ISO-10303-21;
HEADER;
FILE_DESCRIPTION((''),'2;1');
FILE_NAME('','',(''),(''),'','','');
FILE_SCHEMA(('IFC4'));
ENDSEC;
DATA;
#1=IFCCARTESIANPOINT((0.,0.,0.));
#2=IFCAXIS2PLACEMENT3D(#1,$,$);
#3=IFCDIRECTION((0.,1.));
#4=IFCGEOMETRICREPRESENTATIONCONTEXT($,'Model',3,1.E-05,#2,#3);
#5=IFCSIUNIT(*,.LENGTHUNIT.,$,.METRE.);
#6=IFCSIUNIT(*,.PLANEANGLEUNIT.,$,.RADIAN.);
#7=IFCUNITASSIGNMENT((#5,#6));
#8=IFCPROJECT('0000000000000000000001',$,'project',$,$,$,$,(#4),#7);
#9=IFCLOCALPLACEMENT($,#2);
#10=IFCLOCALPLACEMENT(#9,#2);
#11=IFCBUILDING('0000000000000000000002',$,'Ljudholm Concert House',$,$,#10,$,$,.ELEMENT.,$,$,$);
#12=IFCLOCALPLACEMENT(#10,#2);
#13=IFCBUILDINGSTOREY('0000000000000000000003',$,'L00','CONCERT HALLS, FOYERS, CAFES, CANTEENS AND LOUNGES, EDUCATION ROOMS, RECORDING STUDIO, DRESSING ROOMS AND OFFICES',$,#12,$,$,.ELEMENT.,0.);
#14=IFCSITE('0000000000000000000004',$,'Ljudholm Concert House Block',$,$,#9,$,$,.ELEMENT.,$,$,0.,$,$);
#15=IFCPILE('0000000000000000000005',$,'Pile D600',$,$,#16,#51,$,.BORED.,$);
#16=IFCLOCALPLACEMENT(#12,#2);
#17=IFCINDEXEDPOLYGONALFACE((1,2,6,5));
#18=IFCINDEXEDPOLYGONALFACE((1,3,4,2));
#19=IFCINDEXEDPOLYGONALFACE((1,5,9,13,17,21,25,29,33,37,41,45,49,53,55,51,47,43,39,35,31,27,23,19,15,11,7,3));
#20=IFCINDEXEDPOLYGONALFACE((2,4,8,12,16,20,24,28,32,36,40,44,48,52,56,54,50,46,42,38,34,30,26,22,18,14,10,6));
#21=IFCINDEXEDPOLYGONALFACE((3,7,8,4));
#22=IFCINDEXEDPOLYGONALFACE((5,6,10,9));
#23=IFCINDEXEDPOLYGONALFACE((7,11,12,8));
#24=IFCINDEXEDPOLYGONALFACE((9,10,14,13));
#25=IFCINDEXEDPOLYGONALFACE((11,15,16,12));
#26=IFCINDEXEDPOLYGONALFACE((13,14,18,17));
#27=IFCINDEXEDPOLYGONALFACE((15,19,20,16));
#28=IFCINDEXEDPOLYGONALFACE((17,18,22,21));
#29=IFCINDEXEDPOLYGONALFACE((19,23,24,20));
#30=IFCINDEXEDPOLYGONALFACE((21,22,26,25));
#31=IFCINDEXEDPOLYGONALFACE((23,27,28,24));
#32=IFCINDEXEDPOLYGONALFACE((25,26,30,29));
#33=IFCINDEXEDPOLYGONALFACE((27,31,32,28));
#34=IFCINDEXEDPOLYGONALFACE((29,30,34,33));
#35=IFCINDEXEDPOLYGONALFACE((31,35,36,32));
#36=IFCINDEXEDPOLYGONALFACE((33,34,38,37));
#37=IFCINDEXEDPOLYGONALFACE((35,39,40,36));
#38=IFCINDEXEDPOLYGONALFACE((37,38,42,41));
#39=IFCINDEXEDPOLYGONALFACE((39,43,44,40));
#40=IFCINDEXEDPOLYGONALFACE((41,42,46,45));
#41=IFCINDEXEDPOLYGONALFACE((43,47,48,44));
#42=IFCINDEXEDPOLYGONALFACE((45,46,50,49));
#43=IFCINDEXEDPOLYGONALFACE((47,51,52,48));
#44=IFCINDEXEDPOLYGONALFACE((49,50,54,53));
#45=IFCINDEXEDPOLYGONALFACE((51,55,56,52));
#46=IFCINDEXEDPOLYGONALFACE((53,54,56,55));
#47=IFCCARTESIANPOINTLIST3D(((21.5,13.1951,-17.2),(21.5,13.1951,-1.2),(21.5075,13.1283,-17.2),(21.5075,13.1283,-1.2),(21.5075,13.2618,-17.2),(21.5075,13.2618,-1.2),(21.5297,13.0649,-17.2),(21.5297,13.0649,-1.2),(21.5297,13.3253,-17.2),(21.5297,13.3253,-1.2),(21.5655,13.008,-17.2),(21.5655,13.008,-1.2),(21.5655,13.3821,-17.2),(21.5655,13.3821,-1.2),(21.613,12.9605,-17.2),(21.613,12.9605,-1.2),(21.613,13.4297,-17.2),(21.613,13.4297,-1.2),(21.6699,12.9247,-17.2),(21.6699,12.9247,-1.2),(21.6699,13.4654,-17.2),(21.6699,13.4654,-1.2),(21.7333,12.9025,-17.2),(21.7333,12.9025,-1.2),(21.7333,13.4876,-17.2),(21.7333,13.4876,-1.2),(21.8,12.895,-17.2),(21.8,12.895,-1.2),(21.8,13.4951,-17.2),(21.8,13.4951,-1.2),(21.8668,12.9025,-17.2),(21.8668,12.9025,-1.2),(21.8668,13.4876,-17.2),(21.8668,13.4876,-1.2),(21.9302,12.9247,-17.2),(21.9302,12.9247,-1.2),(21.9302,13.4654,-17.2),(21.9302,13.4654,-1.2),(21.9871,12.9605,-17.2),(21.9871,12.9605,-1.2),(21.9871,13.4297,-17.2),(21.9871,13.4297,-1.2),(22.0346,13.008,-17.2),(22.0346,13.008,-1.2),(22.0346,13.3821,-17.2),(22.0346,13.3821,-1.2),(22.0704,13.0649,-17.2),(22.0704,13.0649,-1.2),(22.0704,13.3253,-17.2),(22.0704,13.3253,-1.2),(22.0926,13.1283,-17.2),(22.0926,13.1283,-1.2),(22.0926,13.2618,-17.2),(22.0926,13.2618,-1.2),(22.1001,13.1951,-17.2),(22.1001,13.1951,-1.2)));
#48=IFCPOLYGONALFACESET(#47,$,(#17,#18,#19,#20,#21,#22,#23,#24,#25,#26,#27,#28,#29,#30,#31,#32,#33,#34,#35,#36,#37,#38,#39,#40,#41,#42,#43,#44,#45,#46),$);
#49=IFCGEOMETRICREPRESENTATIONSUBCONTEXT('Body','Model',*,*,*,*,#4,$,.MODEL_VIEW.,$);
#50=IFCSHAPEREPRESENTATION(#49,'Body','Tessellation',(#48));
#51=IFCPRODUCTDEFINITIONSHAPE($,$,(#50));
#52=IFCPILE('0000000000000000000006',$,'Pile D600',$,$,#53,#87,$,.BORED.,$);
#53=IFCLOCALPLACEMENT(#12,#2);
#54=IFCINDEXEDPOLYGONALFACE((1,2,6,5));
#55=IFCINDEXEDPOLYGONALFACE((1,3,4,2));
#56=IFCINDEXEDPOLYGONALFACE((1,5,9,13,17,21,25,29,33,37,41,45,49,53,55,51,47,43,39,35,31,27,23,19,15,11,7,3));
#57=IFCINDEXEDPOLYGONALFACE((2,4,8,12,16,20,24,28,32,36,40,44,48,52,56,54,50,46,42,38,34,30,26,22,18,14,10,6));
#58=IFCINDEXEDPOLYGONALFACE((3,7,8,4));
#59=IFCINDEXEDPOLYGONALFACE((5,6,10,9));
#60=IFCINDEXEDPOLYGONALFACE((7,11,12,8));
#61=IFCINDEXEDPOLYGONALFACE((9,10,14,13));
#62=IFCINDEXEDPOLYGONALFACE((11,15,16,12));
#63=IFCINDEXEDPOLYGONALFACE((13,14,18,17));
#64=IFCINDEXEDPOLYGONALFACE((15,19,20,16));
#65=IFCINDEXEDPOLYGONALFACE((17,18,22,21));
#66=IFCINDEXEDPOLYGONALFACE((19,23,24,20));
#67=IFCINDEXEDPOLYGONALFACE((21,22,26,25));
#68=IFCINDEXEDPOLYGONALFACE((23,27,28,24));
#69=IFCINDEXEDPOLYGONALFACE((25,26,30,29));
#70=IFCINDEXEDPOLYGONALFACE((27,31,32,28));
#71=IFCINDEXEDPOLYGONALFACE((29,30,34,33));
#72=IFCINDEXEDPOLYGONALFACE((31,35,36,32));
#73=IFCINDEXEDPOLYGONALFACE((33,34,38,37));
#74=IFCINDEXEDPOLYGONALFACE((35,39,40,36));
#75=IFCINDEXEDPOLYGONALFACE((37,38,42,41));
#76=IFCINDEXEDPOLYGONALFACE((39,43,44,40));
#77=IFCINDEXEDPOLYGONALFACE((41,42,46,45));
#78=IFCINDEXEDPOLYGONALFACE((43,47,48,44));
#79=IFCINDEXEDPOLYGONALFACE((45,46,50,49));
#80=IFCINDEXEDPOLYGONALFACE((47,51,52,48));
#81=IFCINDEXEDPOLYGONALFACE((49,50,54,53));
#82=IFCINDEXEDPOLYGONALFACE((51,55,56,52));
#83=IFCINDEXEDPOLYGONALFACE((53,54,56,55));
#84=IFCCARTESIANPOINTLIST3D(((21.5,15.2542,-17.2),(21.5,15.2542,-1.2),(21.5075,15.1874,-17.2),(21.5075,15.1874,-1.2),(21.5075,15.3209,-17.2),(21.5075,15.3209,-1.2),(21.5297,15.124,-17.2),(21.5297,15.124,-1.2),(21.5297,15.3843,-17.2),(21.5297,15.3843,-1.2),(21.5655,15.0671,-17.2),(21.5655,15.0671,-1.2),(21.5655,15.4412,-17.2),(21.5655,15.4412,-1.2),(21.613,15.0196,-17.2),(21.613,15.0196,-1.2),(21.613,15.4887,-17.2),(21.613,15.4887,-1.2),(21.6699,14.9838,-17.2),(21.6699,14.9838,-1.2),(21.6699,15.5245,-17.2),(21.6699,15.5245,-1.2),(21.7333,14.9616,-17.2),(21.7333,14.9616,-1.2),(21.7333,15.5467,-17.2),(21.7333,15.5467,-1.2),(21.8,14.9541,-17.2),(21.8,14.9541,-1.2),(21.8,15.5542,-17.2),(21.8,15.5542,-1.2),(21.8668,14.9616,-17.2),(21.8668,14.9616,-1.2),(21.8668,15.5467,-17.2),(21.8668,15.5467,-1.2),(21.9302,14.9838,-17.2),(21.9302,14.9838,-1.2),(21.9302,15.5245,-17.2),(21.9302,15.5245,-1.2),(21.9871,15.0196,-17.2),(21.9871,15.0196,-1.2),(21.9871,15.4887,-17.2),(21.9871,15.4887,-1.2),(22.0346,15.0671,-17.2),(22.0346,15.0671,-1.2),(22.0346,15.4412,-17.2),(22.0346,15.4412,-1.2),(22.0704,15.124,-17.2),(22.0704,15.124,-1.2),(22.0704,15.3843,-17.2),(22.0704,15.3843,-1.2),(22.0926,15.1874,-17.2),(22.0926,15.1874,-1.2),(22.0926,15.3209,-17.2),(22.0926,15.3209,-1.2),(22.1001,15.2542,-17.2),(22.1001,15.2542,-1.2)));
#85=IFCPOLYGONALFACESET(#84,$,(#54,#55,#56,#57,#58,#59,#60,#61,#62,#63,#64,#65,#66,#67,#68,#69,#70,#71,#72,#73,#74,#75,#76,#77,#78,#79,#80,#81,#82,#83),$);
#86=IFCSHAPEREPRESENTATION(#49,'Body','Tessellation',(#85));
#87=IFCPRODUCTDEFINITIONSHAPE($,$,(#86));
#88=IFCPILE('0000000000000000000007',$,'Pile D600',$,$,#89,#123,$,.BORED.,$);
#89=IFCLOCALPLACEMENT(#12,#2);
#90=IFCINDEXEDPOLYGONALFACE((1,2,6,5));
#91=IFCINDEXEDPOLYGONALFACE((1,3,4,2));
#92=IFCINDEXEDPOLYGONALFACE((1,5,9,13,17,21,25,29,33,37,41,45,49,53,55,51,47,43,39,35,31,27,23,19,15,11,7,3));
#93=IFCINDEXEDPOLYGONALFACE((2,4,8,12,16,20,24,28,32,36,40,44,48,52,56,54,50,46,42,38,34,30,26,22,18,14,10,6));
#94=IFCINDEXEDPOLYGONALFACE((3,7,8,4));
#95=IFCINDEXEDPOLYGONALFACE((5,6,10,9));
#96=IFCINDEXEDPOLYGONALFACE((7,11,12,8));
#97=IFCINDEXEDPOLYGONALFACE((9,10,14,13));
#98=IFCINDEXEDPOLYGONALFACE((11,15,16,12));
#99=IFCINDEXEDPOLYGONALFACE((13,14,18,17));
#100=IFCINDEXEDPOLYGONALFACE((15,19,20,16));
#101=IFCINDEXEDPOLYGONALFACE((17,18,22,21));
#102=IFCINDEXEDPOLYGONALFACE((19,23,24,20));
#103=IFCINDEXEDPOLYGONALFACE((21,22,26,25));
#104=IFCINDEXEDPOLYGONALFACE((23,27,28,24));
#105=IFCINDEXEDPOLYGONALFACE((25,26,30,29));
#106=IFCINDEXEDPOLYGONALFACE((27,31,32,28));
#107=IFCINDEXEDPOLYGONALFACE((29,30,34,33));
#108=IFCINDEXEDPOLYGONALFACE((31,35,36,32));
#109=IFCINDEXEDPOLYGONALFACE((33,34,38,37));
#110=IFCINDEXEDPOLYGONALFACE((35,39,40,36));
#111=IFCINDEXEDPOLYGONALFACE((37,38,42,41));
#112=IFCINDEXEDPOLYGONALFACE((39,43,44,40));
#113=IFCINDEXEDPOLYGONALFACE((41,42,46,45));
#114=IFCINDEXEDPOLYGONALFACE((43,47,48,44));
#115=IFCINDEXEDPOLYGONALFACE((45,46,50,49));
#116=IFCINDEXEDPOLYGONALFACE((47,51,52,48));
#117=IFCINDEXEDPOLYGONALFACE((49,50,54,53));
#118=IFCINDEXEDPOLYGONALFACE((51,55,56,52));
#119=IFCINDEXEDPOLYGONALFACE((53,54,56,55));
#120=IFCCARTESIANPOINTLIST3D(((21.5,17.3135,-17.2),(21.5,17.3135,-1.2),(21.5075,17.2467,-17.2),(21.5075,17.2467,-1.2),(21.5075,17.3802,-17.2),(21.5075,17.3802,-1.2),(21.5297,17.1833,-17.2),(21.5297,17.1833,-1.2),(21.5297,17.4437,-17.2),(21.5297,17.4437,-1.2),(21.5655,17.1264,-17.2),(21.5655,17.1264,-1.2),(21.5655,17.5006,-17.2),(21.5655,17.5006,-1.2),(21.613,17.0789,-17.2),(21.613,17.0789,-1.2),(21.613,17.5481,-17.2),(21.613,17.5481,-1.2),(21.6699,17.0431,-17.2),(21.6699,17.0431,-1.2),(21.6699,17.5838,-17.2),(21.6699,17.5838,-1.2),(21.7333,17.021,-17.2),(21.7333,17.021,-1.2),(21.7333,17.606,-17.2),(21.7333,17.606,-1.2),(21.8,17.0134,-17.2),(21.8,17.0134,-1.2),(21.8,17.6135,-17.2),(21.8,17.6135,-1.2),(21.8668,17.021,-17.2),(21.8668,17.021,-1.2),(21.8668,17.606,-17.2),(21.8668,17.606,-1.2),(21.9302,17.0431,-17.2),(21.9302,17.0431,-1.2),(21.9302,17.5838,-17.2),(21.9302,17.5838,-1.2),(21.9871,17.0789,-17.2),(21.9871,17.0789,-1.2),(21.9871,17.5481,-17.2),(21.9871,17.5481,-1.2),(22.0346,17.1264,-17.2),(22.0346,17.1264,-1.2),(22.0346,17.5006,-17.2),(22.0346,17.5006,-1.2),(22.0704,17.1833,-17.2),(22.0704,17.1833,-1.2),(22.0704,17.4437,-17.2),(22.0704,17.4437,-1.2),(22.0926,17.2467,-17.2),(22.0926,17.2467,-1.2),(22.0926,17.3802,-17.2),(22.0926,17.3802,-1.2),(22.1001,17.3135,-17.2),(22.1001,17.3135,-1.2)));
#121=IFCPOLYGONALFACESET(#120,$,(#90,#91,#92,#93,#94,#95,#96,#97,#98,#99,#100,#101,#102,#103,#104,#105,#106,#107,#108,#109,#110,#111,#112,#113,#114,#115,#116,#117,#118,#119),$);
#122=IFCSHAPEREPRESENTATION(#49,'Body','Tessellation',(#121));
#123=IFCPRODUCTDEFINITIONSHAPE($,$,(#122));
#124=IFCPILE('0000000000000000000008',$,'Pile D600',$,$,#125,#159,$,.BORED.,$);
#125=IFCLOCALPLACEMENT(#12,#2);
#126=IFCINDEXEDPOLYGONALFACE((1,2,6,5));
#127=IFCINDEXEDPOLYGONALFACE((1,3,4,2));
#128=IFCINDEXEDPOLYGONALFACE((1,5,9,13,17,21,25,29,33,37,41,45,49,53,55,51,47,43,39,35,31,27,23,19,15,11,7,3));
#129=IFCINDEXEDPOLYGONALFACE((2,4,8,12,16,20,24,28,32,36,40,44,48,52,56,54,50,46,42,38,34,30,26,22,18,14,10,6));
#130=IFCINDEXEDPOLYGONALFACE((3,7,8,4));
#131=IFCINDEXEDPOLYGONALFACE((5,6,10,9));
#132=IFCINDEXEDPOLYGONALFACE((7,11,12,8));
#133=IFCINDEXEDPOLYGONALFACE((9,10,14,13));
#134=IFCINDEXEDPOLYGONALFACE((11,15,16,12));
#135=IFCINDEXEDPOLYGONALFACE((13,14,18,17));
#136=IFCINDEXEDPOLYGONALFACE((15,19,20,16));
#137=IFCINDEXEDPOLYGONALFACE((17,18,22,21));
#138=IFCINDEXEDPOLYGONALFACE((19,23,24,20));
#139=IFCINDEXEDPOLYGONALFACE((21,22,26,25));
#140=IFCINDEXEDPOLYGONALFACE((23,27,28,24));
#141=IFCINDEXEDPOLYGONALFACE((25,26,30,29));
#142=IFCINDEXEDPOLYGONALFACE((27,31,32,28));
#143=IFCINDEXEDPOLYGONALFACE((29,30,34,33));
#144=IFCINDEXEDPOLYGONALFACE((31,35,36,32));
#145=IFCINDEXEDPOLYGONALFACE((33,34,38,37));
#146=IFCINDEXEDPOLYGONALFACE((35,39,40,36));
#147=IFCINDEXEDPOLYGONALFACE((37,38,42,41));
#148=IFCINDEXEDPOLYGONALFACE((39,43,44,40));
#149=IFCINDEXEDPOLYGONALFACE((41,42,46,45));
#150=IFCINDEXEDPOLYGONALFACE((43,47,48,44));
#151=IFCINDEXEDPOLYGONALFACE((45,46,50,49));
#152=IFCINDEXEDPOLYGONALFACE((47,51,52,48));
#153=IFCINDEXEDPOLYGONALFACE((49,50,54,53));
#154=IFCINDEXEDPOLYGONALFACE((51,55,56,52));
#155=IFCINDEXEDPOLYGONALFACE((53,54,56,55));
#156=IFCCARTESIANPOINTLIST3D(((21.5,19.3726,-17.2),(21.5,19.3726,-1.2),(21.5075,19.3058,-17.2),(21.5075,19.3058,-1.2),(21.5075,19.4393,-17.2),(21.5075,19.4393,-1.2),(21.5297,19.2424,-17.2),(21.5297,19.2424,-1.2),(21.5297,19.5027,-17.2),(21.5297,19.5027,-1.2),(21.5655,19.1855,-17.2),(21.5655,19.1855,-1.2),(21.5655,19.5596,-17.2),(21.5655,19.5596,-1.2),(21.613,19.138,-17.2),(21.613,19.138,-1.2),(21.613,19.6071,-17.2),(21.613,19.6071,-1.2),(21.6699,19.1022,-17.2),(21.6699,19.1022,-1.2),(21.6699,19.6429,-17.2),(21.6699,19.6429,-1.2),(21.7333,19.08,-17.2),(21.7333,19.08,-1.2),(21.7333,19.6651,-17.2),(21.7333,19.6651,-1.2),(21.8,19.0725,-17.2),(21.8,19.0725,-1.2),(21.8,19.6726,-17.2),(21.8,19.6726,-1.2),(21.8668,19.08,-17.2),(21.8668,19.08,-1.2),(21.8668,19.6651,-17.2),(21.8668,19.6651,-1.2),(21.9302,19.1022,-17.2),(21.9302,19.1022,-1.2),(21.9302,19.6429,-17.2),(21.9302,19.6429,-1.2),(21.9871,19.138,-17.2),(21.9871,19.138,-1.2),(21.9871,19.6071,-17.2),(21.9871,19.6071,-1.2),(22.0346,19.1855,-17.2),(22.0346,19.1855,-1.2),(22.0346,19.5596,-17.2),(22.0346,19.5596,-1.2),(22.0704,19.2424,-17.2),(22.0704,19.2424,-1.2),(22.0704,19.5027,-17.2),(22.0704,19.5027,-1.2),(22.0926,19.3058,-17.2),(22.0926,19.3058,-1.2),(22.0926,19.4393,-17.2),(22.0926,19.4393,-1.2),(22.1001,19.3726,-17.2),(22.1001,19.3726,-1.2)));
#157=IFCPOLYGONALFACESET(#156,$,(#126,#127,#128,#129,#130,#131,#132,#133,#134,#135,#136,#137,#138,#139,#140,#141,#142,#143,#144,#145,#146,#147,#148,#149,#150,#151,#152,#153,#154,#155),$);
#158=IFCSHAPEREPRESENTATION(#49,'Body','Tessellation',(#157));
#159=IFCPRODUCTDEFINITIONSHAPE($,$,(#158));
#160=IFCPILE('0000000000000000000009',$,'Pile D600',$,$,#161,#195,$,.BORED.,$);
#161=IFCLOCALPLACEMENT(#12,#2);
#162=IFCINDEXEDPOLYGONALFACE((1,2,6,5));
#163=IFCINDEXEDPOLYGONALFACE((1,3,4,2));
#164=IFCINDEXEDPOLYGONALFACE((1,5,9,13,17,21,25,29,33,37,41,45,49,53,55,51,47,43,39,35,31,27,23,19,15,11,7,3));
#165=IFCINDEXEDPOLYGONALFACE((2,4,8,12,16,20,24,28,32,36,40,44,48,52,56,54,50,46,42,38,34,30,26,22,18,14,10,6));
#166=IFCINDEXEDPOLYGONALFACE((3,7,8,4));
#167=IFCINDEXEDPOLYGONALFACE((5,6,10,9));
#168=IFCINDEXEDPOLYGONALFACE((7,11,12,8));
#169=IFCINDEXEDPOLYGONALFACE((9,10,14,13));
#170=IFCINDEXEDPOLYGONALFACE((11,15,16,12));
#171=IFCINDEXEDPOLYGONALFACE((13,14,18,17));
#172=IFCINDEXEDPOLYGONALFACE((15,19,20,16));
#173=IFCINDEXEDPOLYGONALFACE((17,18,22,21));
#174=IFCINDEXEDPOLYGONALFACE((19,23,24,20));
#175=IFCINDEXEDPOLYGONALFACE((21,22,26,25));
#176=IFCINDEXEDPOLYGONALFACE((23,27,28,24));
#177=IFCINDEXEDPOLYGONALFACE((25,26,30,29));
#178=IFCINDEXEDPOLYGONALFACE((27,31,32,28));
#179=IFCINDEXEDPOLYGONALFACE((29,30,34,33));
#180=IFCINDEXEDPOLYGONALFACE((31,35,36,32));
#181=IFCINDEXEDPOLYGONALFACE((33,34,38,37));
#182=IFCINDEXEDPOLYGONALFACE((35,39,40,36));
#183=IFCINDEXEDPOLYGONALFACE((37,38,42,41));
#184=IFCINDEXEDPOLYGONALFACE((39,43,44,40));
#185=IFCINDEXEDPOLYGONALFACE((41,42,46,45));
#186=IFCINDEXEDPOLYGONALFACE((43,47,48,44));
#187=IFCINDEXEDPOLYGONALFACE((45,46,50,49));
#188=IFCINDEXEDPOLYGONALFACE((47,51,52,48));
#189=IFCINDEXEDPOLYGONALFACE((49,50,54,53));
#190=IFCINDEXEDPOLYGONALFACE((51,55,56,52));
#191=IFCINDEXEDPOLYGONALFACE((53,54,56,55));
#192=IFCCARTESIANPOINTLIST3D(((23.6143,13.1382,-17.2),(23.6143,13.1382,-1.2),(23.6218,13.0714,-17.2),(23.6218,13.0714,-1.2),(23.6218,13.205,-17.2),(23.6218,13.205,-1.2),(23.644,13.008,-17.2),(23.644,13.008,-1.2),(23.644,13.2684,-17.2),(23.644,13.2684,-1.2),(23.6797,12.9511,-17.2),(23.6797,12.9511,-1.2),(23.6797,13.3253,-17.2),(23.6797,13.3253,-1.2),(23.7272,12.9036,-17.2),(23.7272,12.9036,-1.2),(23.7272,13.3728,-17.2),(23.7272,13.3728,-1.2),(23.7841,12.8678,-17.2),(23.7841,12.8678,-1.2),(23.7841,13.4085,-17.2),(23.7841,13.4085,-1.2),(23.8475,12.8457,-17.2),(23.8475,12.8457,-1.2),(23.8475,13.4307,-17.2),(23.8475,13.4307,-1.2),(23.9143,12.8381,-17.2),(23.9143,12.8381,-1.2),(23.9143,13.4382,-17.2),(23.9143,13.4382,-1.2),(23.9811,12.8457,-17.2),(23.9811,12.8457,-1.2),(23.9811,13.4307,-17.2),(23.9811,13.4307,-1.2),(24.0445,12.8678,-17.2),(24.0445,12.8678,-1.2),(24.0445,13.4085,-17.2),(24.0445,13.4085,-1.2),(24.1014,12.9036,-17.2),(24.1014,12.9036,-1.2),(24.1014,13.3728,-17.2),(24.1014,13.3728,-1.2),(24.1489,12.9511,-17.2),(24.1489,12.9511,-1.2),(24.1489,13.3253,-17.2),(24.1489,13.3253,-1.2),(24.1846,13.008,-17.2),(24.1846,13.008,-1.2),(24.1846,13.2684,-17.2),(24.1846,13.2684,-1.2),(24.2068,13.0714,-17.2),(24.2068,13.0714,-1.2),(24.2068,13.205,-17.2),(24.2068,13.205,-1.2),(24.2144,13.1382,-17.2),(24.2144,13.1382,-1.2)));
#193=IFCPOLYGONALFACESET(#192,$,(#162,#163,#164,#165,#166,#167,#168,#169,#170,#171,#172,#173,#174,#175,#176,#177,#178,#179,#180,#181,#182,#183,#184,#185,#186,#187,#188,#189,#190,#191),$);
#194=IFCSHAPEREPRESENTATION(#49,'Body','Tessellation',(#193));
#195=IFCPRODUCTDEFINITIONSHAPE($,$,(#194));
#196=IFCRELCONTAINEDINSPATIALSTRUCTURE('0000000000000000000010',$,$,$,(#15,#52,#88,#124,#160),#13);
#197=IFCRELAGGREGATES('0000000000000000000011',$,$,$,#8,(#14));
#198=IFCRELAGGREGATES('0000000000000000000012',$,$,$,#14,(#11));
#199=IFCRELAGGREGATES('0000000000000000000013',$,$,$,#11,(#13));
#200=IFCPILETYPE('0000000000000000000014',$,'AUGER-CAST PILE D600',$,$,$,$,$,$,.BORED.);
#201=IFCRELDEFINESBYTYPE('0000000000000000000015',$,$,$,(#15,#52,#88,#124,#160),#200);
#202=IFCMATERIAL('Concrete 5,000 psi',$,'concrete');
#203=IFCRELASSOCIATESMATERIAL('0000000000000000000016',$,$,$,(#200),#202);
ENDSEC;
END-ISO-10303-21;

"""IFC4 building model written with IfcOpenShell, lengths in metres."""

from ifc_helpers import new_model, si_unit, direction, frame, origin, origin_2d, place, context, subcontext, project, spatial, circle, extrude, material, material_profile, profile_set, type_object, element, save


model = new_model("IFC4")

# Units and contexts
model_context = context("Model", 3, precision=1e-05, world=origin(), true_north=direction((0.0, 1.0)))
body_context = subcontext(model_context, "Body", "Model", "MODEL_VIEW")
ifc_project = project(units=[si_unit("LENGTHUNIT", "METRE"), si_unit("PLANEANGLEUNIT", "RADIAN")], contexts=[model_context])

# Site, building, storey
site_placement = place(None, origin())
site = spatial("IfcSite", under=ifc_project, at=site_placement, Name="Ljudholm Concert House Block", CompositionType="ELEMENT", RefElevation=0.0)
building_placement = place(site_placement, origin())
building = spatial("IfcBuilding", under=site, at=building_placement, Name="Ljudholm Concert House", CompositionType="ELEMENT")
storey_placement = place(building_placement, origin())
storey = spatial("IfcBuildingStorey", under=building, at=storey_placement, Name="L00", Description="CONCERT HALLS, FOYERS, CAFES, CANTEENS AND LOUNGES, EDUCATION ROOMS, RECORDING STUDIO, DRESSING ROOMS AND OFFICES", CompositionType="ELEMENT", Elevation=0.0)

# Piles
ifc_material_1 = material(Name="Concrete 5,000 psi", Category="concrete")
ifc_material_profile = material_profile(ifc_material_1, circle(Radius=0.3, at=origin_2d()), Name="AUGER-CAST PILE D600")
ifc_profile_set = profile_set([ifc_material_profile], Name="Concrete 5,000 psi")
pile_type = type_object("IfcPileType", Name="AUGER-CAST PILE D600", PredefinedType="BORED", material=ifc_profile_set)
for number, where, z_axis, x_axis, name in (
    (1, (21.8, 13.1951, -1.2), (0.0, 0.0, -1.0), (1.0, 0.0, 0.0), "Pile D600"),
    (2, (21.8, 15.2542, -1.2), (0.0, 0.0, -1.0), (1.0, 0.0, 0.0), "Pile D600"),
    (3, (21.8, 17.3135, -1.2), (0.0, 0.0, -1.0), (1.0, 0.0, 0.0), "Pile D600"),
    (4, (21.8, 19.3726, -1.2), (0.0, 0.0, -1.0), (1.0, 0.0, 0.0), "Pile D600"),
    (5, (23.9143, 13.1382, -1.2), (0.0, 0.0, -1.0), (1.0, 0.0, 0.0), "Pile D600"),
):
    element("IfcPile", number, at=place(storey_placement, frame(where, z_axis=z_axis, x_axis=x_axis)), inside=storey, type_object=pile_type, Name=name, PredefinedType="BORED", context=body_context, shape_type="SweptSolid", body=[
        extrude(circle(Radius=0.3, at=origin_2d()), origin(), (0.0, 0.0, 1.0), 16.0),
    ])

save(model, "model.ifc")
